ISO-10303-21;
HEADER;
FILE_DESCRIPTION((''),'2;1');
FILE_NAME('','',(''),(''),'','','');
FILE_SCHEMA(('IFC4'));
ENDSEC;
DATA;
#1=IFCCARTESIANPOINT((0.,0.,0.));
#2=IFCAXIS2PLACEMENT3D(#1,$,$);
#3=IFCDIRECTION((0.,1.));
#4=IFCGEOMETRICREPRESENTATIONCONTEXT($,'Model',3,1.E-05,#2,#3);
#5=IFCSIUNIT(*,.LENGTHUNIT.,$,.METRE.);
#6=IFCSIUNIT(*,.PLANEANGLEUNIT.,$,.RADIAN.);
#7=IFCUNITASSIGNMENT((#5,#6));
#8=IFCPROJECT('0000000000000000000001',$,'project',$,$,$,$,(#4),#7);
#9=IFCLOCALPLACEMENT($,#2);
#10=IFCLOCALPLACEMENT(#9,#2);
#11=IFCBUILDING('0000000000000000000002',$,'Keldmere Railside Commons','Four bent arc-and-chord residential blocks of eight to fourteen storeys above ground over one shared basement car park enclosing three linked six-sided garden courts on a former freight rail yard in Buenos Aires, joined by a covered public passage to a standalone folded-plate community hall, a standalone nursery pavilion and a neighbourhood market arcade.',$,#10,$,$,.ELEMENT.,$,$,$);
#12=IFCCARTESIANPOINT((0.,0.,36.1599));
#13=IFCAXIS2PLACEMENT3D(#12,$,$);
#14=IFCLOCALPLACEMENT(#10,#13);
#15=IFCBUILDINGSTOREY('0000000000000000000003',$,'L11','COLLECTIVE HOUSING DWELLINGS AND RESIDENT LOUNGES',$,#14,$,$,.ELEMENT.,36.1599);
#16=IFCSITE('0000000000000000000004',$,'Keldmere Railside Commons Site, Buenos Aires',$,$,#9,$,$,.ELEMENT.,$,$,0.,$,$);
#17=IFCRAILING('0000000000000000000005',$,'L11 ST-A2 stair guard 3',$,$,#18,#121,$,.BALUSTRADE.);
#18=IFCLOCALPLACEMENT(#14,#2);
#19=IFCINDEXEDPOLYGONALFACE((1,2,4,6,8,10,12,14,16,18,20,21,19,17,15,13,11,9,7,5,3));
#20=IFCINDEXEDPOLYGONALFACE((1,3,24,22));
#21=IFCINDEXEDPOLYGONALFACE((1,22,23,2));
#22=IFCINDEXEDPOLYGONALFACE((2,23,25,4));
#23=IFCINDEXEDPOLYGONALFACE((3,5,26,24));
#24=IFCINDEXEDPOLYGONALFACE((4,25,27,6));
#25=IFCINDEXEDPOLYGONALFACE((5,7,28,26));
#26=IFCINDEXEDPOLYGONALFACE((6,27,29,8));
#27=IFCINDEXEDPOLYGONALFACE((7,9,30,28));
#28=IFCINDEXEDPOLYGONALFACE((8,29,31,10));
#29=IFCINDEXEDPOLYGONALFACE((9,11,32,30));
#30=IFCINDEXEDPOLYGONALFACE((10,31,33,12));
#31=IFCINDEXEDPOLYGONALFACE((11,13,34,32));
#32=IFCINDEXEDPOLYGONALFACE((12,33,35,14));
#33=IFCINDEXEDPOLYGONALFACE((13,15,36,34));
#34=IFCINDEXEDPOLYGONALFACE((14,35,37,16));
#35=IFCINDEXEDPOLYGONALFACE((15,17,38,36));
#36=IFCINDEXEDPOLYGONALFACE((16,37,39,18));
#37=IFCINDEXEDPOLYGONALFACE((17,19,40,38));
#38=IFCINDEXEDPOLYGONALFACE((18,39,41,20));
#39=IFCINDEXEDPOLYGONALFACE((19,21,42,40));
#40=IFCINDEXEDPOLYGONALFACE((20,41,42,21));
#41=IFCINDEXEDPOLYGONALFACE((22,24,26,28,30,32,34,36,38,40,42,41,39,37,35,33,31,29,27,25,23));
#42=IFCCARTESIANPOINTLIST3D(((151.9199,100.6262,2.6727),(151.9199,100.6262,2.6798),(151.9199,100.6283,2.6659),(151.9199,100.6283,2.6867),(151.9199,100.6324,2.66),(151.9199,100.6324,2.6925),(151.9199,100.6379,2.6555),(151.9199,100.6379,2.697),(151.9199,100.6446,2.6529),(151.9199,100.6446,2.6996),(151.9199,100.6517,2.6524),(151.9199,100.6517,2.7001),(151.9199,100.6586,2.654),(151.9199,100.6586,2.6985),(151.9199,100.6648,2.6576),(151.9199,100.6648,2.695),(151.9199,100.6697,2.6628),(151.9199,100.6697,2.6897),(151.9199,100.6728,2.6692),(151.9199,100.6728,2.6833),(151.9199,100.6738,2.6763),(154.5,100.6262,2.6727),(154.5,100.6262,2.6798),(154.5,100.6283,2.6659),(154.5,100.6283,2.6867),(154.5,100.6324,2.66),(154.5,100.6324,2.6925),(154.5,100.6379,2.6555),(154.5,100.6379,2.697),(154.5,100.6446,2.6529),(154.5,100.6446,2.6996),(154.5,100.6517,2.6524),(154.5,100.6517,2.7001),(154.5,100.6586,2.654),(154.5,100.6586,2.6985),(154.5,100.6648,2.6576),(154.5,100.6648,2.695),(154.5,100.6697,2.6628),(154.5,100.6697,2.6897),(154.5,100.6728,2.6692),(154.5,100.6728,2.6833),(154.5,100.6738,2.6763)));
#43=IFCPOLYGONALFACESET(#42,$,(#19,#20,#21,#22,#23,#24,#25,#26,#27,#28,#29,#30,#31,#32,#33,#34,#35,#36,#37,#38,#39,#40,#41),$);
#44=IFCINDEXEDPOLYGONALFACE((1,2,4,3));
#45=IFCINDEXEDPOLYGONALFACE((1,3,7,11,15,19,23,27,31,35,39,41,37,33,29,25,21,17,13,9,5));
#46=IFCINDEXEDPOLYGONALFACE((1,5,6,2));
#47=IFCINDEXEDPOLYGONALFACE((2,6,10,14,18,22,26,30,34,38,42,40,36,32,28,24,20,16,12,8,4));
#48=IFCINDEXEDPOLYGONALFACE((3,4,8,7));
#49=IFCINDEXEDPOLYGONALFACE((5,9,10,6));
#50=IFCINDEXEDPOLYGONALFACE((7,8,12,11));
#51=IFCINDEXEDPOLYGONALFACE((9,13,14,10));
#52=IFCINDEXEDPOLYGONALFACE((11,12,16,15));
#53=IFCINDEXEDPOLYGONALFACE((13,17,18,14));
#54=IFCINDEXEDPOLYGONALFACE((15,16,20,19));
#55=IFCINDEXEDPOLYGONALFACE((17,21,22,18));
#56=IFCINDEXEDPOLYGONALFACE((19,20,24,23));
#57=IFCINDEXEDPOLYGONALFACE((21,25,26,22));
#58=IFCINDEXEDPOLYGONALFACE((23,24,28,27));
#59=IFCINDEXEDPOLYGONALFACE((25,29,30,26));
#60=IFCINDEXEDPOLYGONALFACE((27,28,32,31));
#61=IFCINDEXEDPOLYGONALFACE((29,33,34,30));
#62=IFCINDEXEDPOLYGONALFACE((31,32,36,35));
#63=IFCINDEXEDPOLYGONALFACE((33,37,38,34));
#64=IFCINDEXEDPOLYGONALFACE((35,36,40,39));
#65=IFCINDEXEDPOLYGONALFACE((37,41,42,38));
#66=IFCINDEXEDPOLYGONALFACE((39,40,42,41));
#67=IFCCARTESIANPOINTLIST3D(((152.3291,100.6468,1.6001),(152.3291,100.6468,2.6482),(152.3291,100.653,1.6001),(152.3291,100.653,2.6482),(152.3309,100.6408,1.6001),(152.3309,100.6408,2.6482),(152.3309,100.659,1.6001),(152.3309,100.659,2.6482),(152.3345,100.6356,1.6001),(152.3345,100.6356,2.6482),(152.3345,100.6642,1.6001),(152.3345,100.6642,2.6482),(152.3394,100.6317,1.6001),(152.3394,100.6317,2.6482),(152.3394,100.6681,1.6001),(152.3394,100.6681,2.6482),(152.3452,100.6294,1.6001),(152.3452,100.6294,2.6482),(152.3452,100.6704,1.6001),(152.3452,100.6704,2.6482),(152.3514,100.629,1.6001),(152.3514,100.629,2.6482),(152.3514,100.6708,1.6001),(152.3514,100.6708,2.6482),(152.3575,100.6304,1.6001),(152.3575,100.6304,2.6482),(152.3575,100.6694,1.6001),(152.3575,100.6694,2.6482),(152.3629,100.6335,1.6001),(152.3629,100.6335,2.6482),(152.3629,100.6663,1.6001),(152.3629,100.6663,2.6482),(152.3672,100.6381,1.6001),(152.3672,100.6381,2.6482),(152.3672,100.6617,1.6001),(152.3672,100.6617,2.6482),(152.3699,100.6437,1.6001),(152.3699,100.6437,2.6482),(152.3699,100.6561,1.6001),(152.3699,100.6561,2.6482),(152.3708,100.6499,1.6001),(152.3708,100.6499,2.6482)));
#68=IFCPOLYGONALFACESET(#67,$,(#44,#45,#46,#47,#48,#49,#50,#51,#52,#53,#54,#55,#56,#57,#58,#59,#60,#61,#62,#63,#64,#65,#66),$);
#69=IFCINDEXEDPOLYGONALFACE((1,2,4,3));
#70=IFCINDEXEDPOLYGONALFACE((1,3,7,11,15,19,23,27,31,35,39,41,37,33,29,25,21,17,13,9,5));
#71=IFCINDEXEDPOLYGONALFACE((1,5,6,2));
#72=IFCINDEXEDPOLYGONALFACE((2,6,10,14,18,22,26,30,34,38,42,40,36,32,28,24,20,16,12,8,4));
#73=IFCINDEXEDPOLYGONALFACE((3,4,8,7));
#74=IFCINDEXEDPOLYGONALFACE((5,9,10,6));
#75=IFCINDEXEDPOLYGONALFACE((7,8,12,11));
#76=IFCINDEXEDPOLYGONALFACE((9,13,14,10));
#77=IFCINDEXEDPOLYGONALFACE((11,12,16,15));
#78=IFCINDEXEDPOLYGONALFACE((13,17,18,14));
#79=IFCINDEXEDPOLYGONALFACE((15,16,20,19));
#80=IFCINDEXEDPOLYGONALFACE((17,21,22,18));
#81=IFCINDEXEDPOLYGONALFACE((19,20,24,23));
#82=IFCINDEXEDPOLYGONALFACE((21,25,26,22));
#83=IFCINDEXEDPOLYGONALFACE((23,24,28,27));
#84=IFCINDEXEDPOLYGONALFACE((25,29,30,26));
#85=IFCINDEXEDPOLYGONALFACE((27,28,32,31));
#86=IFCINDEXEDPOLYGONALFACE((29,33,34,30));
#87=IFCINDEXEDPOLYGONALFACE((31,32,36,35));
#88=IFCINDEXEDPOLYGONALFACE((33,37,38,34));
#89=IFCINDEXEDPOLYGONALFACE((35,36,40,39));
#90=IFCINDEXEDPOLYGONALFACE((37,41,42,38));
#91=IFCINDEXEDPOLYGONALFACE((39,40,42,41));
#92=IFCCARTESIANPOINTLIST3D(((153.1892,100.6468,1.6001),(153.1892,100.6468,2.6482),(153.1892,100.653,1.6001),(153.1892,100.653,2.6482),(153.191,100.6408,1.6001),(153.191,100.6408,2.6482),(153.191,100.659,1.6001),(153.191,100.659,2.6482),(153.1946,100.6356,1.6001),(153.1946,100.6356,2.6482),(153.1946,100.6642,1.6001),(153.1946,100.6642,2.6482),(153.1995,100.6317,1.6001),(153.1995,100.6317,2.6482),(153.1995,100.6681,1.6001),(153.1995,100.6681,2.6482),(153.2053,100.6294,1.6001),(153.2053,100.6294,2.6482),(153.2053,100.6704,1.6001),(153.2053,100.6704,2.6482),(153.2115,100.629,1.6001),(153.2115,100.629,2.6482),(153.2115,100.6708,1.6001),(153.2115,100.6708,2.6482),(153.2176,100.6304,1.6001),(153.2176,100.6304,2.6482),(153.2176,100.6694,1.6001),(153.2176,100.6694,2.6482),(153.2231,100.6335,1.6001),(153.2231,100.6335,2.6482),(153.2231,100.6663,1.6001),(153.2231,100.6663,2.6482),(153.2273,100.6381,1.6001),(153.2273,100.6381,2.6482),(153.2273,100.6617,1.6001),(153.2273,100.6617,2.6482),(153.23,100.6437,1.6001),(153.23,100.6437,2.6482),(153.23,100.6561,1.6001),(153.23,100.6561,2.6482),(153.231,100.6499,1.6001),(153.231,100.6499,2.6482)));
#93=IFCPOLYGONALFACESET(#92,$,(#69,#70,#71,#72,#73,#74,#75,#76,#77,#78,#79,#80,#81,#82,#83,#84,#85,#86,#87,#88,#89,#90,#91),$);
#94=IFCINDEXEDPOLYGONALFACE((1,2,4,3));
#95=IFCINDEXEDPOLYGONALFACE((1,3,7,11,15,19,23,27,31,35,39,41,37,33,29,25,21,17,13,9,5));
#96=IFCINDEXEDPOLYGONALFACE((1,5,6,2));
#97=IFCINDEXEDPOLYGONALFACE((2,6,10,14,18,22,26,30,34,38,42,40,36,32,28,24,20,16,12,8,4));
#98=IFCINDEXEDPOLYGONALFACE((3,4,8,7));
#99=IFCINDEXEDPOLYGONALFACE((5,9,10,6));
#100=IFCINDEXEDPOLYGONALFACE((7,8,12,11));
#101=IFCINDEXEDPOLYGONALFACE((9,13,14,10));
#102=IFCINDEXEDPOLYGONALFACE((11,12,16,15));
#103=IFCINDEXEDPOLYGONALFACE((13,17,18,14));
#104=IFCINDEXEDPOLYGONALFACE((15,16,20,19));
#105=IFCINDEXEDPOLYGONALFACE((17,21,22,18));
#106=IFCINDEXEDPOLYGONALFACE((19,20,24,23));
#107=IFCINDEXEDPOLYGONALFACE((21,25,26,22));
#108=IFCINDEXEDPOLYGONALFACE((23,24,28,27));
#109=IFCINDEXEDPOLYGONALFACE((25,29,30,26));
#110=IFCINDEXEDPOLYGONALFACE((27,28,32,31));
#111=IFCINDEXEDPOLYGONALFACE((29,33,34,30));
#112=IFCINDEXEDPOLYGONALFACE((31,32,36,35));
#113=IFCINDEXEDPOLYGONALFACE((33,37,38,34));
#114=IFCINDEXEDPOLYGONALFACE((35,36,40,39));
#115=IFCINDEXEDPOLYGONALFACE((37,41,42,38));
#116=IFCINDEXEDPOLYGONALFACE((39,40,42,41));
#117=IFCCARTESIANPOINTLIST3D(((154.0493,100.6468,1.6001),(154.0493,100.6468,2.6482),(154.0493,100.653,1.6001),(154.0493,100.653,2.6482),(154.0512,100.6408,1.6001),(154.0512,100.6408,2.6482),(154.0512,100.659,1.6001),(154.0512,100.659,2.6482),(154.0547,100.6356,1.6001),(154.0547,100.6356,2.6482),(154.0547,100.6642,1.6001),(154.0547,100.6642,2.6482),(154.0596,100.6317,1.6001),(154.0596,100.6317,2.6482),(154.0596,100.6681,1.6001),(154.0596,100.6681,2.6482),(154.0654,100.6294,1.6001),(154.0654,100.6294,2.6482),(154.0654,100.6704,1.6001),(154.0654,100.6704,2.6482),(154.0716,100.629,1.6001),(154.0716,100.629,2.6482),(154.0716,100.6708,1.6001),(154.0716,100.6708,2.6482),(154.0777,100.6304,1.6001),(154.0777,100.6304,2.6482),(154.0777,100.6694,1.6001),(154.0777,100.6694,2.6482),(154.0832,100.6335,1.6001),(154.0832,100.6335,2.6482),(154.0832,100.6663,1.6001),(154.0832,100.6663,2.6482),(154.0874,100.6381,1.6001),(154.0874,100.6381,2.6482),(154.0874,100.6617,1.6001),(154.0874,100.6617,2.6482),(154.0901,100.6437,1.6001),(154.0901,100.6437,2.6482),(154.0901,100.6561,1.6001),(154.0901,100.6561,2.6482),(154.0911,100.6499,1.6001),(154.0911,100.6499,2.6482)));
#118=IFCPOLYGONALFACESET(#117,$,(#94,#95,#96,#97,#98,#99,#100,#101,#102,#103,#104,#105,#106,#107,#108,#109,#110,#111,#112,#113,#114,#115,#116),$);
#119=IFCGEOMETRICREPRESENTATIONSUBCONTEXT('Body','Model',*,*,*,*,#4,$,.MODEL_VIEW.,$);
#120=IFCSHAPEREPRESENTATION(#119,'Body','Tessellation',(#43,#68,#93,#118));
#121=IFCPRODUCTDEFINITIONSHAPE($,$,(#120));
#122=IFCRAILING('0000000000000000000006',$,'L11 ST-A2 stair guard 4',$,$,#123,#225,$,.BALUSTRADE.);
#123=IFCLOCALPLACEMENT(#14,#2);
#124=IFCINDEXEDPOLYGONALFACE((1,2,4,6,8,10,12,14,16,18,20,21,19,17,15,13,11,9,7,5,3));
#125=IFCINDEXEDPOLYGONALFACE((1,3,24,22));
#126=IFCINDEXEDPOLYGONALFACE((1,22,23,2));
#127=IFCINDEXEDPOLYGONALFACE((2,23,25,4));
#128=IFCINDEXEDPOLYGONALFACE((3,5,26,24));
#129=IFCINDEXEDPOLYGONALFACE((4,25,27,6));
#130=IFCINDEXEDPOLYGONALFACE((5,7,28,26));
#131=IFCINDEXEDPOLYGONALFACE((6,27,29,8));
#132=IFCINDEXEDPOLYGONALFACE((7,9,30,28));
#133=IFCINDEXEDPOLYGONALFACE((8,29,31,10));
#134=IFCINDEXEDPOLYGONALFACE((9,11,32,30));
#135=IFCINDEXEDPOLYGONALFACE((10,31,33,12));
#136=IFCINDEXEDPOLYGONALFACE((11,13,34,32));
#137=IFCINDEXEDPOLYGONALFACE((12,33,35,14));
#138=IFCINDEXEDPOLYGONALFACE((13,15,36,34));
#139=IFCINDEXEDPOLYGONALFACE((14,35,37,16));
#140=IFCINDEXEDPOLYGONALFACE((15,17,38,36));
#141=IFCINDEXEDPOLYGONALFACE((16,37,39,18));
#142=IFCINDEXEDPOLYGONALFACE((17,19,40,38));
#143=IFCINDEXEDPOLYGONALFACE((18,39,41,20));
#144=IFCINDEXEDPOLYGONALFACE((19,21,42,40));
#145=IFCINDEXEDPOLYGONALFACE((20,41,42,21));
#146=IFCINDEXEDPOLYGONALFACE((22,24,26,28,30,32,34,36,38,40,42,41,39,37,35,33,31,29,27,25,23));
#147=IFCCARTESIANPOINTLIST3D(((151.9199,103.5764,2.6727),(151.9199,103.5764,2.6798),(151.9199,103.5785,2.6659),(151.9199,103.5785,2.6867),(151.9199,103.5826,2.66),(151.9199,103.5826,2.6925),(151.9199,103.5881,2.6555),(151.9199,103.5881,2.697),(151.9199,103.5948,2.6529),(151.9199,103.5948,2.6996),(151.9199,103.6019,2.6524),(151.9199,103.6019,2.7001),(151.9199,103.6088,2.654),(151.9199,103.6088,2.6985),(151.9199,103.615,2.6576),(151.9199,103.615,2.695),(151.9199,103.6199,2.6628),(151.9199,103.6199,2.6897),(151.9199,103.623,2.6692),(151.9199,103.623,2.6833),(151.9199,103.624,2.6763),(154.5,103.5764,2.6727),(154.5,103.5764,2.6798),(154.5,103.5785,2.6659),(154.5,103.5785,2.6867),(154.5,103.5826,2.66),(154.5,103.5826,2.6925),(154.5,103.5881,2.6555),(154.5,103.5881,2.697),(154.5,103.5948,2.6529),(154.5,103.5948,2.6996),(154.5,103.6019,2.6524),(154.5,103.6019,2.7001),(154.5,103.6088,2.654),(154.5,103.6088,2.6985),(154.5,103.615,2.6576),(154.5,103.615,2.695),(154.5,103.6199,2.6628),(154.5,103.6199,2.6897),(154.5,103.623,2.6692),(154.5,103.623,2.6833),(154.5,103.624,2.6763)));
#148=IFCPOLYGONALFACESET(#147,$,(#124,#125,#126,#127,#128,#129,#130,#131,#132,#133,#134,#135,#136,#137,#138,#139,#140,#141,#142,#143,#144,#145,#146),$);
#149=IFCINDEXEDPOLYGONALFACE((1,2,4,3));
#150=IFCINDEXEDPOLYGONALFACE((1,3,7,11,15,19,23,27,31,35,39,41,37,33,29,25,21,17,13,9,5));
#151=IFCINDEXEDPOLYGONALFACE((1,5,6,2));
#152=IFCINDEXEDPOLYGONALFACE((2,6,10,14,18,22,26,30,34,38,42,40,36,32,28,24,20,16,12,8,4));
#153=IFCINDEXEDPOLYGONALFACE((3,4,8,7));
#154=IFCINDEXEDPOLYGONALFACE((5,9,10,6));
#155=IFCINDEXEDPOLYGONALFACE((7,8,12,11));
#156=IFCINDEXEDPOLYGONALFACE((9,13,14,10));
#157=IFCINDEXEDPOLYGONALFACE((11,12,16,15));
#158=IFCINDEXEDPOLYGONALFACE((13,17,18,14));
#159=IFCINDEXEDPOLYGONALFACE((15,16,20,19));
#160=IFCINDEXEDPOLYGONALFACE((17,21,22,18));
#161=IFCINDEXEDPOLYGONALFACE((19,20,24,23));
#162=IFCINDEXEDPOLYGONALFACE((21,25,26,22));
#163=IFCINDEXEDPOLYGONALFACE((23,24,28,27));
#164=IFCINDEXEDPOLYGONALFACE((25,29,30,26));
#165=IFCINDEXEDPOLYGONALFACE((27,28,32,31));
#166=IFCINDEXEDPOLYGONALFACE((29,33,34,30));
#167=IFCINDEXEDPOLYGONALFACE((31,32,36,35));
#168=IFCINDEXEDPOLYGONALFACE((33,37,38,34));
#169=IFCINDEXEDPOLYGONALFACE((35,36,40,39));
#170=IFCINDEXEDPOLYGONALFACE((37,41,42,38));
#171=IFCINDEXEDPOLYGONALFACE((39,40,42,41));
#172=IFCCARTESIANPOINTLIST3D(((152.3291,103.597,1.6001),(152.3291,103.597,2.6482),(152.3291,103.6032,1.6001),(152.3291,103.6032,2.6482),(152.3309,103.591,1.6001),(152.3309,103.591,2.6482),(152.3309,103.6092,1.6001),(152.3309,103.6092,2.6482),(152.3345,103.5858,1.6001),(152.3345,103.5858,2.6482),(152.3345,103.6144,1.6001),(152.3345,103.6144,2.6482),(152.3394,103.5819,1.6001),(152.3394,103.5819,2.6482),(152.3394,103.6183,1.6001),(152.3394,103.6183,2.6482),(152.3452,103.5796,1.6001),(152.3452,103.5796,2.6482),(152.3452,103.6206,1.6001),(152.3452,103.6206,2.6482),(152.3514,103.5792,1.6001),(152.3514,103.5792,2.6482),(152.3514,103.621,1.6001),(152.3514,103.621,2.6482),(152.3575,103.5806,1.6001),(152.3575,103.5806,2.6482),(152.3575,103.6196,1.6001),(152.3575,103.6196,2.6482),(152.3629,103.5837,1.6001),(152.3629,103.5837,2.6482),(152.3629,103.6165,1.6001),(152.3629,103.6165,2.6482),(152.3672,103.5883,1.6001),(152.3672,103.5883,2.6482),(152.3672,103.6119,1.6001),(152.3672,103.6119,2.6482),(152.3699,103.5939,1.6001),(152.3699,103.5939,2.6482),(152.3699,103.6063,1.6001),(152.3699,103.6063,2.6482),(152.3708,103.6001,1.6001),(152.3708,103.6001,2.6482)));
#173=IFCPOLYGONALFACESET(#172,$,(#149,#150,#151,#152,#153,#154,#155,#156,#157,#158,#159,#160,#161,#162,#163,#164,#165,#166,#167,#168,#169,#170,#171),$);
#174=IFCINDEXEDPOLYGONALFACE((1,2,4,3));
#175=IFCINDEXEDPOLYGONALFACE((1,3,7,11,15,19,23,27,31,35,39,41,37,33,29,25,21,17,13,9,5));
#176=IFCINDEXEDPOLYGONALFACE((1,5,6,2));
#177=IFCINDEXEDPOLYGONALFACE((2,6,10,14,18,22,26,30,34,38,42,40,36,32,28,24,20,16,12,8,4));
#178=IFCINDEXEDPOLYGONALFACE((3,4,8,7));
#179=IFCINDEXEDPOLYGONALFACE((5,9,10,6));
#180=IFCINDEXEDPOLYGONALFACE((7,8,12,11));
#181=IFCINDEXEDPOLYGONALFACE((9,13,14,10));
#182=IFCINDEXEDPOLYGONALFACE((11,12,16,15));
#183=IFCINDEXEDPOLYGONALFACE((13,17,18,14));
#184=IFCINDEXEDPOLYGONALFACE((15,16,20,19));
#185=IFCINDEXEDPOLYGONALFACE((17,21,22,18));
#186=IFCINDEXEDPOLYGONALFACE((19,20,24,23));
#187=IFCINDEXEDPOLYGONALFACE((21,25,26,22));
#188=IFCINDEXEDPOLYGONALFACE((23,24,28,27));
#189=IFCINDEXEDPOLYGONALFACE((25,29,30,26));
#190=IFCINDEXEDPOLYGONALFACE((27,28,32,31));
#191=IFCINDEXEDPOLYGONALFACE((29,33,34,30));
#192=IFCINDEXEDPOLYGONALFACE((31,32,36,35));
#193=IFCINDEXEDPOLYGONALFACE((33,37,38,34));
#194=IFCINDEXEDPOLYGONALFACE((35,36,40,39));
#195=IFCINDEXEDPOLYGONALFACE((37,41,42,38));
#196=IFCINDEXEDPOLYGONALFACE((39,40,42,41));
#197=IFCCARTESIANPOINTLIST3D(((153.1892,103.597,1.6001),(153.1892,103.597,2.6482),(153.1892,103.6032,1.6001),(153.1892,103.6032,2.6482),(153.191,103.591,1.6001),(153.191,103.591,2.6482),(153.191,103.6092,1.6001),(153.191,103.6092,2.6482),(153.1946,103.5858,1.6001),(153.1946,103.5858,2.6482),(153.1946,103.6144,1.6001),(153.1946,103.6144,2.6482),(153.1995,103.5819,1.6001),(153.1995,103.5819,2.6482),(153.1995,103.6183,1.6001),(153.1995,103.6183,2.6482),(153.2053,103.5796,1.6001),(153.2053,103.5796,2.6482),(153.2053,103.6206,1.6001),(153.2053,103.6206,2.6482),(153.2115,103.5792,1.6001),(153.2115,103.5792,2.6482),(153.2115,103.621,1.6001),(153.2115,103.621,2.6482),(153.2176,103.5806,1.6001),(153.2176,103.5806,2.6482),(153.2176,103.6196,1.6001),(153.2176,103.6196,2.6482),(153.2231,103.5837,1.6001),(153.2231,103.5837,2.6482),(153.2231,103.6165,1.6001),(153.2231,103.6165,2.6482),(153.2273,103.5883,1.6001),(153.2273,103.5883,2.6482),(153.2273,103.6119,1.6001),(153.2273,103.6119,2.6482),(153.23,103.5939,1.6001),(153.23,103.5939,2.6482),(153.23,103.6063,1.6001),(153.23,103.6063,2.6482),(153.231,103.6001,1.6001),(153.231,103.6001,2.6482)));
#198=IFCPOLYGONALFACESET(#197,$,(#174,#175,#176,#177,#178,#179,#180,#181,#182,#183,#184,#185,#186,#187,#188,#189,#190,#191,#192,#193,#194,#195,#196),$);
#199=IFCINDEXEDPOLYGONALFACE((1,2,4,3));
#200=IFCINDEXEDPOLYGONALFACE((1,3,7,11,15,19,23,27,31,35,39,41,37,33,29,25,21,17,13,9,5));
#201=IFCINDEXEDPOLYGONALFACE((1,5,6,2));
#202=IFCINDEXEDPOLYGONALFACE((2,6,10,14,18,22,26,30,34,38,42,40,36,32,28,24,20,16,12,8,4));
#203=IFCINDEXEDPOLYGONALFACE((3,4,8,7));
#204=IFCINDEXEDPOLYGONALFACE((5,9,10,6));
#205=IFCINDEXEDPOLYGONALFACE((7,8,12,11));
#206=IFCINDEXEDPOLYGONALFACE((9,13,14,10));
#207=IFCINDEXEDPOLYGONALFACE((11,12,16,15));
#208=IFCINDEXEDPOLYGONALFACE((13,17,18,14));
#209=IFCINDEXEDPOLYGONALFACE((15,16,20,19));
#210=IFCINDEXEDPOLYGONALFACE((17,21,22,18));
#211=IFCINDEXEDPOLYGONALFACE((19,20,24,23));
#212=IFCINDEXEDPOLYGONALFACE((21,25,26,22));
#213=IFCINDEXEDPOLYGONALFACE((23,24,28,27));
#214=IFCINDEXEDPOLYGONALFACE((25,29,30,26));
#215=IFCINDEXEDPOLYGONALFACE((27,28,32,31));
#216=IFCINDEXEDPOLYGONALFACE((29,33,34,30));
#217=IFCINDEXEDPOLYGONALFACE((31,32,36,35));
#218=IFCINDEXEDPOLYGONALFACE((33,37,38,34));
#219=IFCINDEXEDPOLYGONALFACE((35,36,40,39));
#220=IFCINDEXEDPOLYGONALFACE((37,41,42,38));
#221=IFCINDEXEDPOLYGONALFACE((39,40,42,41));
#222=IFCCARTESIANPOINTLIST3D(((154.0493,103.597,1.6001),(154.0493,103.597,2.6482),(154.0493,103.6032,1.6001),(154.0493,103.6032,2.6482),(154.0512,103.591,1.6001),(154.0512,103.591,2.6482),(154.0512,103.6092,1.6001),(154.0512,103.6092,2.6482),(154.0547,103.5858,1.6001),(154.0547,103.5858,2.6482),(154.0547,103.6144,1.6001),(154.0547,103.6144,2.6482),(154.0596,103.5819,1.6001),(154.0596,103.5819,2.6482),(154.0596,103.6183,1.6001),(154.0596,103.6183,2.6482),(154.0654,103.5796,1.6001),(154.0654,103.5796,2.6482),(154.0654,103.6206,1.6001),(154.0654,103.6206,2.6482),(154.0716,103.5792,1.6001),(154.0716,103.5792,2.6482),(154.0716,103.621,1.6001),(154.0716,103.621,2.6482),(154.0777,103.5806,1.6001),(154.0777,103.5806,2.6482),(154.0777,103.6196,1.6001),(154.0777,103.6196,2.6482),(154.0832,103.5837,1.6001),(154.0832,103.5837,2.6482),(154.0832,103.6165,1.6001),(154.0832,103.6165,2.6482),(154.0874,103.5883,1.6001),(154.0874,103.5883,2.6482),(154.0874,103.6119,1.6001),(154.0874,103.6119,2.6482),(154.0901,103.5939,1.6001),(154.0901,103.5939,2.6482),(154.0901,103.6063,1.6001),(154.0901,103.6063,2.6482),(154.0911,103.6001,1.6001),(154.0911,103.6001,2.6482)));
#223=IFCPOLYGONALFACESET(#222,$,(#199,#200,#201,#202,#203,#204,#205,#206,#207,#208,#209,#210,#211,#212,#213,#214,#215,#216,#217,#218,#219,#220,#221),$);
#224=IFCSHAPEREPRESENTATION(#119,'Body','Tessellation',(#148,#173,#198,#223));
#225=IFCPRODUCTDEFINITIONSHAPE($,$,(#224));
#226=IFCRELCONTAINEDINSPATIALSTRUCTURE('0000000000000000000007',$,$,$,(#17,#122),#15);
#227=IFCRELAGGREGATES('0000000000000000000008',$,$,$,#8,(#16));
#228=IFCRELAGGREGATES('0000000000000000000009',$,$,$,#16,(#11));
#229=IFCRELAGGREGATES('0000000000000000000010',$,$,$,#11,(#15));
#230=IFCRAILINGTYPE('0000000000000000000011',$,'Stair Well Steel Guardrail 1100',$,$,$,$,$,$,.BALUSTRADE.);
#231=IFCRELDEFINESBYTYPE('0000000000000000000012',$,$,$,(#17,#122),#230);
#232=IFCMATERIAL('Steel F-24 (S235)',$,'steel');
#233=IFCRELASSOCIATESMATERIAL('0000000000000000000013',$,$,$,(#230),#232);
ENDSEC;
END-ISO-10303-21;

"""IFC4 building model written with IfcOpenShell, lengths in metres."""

from ifc_helpers import new_model, si_unit, direction, frame, origin, origin_2d, place, context, subcontext, project, spatial, circle, extrude, material, type_object, element, save


model = new_model("IFC4")

# Units and contexts
model_context = context("Model", 3, precision=1e-05, world=origin(), true_north=direction((0.0, 1.0)))
body_context = subcontext(model_context, "Body", "Model", "MODEL_VIEW")
ifc_project = project(units=[si_unit("LENGTHUNIT", "METRE"), si_unit("PLANEANGLEUNIT", "RADIAN")], contexts=[model_context])

# Site, building, storey
site_placement = place(None, origin())
site = spatial("IfcSite", under=ifc_project, at=site_placement, Name="Keldmere Railside Commons Site, Buenos Aires", CompositionType="ELEMENT", RefElevation=0.0)
building_placement = place(site_placement, origin())
building = spatial("IfcBuilding", under=site, at=building_placement, Name="Keldmere Railside Commons", Description="Four bent arc-and-chord residential blocks of eight to fourteen storeys above ground over one shared basement car park enclosing three linked six-sided garden courts on a former freight rail yard in Buenos Aires, joined by a covered public passage to a standalone folded-plate community hall, a standalone nursery pavilion and a neighbourhood market arcade.", CompositionType="ELEMENT")
storey_placement = place(building_placement, frame((0.0, 0.0, 36.1599)))
storey = spatial("IfcBuildingStorey", under=building, at=storey_placement, Name="L11", Description="COLLECTIVE HOUSING DWELLINGS AND RESIDENT LOUNGES", CompositionType="ELEMENT", Elevation=36.1599)

# Railings
ifc_material_1 = material(Name="Steel F-24 (S235)", Category="steel")
railing_type_1 = type_object("IfcRailingType", Name="Stair Well Steel Guardrail 1100", PredefinedType="BALUSTRADE", material=ifc_material_1)
for number, where, name in (
    (1, (151.9199, 100.6499, 1.6001), "L11 ST-A2 stair guard 3"),
    (2, (151.9199, 103.6001, 1.6001), "L11 ST-A2 stair guard 4"),
):
    element("IfcRailing", number, at=place(storey_placement, frame(where)), inside=storey, type_object=railing_type_1, Name=name, PredefinedType="BALUSTRADE", context=body_context, shape_type="SweptSolid", body=[
        extrude(circle(Radius=0.0239, at=origin_2d()), frame((0.0, 0.0, 1.0762), z_axis=(1.0, 0.0, 0.0), x_axis=(0.0, 1.0, 0.0)), (0.0, 0.0, 1.0), 2.5801),
        extrude(circle(Radius=0.021, at=origin_2d()), frame((0.4299, 0.0, 0.0)), (0.0, 0.0, 1.0), 1.0481),
        extrude(circle(Radius=0.021, at=origin_2d()), frame((1.29, 0.0, 0.0)), (0.0, 0.0, 1.0), 1.0481),
        extrude(circle(Radius=0.021, at=origin_2d()), frame((2.1501, 0.0, 0.0)), (0.0, 0.0, 1.0), 1.0481),
    ])

save(model, "model.ifc")
